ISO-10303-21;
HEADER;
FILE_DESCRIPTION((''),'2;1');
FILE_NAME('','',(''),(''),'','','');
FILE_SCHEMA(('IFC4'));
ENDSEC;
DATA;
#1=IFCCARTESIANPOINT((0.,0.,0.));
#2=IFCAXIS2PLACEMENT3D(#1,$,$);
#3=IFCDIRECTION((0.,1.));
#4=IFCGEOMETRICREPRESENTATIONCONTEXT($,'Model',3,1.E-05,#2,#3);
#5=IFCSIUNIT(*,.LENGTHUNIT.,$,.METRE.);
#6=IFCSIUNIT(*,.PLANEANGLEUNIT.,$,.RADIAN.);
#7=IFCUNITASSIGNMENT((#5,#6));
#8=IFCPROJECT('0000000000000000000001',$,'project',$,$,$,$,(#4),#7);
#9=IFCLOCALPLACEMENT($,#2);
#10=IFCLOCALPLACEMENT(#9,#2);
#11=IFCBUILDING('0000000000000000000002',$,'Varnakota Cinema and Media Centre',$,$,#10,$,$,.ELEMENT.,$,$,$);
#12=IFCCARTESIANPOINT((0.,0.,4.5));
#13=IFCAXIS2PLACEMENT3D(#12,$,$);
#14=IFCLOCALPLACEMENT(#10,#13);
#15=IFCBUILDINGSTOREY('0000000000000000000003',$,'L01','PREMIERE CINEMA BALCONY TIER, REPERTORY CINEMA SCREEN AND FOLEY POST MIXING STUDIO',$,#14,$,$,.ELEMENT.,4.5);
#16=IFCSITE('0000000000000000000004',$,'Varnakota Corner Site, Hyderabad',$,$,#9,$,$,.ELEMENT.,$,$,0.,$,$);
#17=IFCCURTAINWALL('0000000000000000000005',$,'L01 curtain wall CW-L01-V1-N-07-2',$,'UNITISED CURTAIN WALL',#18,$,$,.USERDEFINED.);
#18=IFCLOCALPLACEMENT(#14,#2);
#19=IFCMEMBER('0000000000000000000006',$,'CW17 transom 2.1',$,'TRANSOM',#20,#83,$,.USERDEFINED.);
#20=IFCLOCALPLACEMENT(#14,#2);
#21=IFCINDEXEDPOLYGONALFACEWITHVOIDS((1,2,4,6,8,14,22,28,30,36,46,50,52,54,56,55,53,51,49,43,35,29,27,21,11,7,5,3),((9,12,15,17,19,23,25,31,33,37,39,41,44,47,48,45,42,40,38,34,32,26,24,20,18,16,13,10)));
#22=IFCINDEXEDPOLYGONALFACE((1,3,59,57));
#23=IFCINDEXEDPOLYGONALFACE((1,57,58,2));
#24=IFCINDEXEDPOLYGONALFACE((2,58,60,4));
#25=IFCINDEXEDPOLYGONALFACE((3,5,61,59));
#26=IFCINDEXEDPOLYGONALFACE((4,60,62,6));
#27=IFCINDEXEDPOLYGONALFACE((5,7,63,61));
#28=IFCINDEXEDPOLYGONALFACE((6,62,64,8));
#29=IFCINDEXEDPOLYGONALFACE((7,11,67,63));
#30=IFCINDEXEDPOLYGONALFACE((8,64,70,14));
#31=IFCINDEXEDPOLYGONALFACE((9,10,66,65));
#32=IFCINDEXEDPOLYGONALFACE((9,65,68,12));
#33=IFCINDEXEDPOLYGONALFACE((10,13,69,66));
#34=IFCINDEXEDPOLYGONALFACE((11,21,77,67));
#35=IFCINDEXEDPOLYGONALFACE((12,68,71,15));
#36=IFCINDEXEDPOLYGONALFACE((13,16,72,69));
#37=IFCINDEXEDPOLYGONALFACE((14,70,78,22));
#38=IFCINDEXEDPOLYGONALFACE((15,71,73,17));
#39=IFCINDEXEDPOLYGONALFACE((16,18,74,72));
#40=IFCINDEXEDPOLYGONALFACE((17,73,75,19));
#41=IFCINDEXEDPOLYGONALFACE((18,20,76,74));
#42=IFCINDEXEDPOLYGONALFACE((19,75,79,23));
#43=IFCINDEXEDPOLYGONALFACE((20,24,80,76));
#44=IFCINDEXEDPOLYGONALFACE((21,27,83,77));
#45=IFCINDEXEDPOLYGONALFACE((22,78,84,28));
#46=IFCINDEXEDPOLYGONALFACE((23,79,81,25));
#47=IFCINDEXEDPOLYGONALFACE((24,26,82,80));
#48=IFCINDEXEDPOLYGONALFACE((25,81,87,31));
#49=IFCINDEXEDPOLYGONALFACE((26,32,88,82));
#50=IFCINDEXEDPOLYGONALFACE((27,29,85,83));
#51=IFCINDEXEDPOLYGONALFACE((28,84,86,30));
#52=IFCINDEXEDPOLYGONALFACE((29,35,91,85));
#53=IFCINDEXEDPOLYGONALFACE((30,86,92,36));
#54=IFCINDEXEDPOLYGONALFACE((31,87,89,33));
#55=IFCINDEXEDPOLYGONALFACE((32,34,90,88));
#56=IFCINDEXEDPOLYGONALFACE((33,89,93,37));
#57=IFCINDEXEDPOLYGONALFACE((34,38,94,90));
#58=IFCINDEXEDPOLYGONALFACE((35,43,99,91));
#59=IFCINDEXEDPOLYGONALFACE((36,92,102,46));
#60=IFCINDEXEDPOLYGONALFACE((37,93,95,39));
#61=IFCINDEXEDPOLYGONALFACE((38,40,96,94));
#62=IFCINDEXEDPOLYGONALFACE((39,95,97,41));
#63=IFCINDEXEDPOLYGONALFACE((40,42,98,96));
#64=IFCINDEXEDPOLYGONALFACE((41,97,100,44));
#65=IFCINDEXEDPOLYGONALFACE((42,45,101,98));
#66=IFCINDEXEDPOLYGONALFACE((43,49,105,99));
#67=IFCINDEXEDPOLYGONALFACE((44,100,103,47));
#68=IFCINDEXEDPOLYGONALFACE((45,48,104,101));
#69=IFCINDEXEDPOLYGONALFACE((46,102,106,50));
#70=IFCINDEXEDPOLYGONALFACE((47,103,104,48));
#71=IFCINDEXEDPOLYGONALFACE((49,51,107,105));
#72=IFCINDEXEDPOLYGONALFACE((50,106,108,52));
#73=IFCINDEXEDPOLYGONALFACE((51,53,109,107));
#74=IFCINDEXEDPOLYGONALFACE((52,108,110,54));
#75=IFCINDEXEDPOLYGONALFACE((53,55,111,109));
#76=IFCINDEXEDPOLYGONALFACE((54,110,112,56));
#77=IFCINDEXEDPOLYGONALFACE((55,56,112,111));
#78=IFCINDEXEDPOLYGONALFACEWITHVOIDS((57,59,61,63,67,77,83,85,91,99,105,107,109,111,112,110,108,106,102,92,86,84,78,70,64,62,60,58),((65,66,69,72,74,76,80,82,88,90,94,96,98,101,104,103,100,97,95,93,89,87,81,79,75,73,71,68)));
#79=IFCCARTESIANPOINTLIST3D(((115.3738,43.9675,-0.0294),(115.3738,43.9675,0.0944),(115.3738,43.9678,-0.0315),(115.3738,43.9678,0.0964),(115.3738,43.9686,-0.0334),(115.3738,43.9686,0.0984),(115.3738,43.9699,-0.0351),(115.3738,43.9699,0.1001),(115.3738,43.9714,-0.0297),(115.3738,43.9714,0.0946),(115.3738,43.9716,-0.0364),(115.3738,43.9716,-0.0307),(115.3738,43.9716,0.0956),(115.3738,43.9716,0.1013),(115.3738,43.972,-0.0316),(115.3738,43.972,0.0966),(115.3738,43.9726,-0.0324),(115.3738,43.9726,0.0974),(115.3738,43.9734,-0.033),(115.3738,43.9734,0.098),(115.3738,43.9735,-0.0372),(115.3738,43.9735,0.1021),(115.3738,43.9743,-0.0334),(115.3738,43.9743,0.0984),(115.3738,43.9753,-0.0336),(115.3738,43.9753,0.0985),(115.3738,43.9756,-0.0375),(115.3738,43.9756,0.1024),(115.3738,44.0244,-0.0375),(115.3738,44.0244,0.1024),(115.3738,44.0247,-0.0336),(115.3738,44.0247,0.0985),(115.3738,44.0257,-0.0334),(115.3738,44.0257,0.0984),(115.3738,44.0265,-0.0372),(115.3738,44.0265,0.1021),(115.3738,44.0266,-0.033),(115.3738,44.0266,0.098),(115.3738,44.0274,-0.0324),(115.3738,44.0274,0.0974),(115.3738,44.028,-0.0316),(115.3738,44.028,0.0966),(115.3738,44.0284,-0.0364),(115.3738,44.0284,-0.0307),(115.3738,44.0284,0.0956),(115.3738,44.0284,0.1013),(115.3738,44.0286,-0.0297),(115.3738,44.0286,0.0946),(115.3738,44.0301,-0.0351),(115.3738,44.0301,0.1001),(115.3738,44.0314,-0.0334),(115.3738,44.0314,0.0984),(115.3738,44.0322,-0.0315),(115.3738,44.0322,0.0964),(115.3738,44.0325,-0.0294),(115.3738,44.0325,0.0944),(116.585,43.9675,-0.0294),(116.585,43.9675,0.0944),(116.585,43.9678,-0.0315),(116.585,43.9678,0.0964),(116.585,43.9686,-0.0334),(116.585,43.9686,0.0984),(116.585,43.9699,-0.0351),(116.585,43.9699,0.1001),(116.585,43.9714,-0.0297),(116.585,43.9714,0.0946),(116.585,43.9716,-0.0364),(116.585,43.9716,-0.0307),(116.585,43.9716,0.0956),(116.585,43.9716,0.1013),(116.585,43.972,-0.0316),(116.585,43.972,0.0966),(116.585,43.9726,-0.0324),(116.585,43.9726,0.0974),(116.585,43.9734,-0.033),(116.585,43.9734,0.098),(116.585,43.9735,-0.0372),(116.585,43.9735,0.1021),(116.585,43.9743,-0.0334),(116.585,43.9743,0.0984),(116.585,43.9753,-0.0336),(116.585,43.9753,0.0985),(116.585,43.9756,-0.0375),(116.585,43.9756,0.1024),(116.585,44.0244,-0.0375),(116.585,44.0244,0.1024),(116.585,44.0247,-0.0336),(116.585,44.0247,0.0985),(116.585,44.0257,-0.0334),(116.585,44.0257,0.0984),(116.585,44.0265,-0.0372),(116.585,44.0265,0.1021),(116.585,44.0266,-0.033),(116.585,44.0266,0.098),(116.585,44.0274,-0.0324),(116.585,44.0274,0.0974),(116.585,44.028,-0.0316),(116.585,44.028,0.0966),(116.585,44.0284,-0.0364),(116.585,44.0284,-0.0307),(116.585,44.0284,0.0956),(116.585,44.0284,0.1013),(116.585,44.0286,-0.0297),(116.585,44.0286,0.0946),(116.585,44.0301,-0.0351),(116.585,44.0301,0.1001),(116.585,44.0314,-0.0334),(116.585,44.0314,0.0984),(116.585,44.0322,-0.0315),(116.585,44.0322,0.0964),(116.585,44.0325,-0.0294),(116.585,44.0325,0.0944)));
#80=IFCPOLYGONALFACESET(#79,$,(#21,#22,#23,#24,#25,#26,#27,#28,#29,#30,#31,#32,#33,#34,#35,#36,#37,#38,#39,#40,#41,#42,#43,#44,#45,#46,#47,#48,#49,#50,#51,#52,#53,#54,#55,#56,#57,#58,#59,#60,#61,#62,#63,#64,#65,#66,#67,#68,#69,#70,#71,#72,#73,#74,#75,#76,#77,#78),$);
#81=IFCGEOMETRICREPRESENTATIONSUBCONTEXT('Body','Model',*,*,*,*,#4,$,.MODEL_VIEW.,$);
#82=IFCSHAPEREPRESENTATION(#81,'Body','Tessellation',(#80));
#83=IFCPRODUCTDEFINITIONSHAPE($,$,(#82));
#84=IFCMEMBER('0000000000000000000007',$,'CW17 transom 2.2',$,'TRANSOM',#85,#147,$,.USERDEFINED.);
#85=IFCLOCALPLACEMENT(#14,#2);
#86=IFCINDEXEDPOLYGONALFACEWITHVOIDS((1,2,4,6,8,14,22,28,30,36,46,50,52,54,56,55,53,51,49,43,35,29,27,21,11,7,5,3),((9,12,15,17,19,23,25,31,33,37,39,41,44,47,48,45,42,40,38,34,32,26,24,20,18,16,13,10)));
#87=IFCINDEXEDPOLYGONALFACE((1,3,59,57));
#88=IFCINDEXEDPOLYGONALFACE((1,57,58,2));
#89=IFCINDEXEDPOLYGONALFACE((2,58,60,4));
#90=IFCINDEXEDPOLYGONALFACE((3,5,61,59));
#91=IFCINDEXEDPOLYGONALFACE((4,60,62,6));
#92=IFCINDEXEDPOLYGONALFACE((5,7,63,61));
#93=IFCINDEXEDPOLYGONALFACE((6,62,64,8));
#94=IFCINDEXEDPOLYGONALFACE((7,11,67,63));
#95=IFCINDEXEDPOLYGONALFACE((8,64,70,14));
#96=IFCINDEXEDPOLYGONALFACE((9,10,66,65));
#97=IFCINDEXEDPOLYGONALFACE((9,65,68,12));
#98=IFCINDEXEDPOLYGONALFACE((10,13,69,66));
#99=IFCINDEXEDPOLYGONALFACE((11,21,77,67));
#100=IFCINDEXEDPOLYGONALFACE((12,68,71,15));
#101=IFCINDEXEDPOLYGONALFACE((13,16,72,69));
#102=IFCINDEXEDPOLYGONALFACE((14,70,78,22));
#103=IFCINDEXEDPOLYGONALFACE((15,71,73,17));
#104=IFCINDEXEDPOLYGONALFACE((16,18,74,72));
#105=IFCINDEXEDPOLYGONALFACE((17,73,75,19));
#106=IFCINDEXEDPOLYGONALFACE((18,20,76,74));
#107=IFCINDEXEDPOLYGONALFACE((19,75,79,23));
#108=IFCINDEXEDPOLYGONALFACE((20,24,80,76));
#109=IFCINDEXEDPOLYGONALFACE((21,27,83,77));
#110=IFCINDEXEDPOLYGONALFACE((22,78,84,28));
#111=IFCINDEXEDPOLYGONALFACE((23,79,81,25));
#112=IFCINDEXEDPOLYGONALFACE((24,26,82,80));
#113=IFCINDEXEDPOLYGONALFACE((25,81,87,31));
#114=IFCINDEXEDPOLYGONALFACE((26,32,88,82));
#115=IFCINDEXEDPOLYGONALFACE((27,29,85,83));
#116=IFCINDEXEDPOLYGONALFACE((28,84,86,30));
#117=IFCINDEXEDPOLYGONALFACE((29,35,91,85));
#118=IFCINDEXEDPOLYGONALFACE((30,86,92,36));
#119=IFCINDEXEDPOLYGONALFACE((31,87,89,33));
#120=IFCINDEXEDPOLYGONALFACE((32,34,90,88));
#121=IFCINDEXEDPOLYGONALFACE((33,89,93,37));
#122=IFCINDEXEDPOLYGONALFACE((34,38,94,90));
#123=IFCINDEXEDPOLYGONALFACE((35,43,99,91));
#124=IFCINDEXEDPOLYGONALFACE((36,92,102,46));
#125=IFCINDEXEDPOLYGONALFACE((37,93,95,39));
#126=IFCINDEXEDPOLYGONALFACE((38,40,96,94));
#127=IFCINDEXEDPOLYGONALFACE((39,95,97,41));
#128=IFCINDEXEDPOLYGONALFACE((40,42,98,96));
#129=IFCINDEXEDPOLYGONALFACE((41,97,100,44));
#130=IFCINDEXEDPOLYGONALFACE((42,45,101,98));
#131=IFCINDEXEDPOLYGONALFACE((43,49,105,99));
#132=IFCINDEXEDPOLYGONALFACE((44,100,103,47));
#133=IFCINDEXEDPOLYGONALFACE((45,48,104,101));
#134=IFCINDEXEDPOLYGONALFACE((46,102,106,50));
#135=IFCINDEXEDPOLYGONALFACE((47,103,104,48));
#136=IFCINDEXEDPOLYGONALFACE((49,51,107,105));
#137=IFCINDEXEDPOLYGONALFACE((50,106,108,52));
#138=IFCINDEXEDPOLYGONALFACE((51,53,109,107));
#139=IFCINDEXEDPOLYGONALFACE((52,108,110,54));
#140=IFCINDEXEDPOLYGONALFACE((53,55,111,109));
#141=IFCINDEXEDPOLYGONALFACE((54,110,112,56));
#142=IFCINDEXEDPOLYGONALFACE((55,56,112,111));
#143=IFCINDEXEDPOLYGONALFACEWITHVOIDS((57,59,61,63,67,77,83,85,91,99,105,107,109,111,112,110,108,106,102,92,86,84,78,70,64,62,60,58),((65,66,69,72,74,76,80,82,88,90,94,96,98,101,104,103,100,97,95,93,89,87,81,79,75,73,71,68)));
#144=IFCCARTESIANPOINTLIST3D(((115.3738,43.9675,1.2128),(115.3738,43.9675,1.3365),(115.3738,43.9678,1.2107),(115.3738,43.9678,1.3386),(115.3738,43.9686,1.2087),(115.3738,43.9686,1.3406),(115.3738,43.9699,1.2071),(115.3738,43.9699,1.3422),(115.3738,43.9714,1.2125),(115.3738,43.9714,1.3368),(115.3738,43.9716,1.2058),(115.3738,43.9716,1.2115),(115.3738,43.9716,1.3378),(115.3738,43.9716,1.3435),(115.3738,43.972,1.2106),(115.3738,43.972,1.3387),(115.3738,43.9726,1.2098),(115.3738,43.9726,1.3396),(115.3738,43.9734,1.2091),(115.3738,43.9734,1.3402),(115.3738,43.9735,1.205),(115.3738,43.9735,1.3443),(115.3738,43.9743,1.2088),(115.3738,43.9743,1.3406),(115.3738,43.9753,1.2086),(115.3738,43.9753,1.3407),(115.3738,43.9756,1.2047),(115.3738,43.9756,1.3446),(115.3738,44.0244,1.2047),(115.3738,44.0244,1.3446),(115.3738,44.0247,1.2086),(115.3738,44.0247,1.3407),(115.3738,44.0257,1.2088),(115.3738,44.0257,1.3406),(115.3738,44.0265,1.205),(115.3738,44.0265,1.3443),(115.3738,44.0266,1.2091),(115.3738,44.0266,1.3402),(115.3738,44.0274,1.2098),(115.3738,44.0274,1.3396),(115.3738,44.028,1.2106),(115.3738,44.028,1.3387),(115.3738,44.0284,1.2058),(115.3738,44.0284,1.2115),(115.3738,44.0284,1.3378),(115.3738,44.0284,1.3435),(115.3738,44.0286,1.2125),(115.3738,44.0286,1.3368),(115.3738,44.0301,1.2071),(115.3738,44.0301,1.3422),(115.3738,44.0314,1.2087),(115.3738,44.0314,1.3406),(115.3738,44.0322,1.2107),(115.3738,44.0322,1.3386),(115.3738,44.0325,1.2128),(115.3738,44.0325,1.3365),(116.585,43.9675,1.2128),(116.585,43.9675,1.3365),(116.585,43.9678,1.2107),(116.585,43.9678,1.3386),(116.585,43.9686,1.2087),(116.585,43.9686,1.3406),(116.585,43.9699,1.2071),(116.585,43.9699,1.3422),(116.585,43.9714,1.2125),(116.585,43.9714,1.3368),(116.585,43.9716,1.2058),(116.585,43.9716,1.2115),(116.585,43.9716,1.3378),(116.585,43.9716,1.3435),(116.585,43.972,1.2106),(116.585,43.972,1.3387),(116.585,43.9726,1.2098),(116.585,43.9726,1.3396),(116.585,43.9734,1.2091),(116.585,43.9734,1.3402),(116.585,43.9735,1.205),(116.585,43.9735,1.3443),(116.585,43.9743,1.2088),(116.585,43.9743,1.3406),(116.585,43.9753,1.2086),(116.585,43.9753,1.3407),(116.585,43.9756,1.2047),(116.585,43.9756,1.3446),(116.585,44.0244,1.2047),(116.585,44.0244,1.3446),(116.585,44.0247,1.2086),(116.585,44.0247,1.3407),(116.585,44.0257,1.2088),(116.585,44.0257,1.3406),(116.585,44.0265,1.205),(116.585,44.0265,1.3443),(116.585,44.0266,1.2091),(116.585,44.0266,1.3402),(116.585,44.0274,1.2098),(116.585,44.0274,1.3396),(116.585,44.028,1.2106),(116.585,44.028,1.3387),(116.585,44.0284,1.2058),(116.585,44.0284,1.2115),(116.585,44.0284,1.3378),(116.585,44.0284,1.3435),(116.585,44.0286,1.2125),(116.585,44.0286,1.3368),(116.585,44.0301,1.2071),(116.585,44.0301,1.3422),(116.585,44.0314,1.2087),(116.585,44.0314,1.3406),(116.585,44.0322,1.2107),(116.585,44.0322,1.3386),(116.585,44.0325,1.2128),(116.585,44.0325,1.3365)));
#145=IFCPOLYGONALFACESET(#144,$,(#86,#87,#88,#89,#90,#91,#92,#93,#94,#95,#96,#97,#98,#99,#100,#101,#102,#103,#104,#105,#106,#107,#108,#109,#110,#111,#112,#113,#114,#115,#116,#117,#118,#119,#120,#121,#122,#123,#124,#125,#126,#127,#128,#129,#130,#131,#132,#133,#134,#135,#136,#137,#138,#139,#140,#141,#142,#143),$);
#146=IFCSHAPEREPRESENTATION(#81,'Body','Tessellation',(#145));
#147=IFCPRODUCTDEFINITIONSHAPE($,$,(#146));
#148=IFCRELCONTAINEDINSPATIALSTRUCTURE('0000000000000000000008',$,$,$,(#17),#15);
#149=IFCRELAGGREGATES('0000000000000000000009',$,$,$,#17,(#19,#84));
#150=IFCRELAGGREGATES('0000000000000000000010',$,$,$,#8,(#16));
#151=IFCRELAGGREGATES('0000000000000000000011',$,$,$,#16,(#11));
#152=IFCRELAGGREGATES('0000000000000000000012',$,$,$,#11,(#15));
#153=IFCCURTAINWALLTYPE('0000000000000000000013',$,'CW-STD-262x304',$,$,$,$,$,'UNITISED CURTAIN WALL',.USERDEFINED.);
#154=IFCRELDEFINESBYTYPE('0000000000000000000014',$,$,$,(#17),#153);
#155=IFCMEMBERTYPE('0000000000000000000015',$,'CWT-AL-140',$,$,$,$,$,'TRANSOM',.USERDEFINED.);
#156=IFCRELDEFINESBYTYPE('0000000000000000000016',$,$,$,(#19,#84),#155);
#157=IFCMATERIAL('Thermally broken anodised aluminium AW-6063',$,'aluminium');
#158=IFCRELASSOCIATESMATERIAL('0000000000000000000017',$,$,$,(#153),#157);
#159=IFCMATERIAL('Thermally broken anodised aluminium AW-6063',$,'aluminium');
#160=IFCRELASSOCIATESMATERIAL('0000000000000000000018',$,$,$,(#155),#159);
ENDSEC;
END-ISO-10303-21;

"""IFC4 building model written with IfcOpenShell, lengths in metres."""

from ifc_helpers import new_model, si_unit, direction, frame, origin, origin_2d, place, context, subcontext, project, spatial, hollow_rectangle, extrude, material, material_profile, profile_set, type_object, element, aggregate, save


model = new_model("IFC4")

# Units and contexts
model_context = context("Model", 3, precision=1e-05, world=origin(), true_north=direction((0.0, 1.0)))
body_context = subcontext(model_context, "Body", "Model", "MODEL_VIEW")
ifc_project = project(units=[si_unit("LENGTHUNIT", "METRE"), si_unit("PLANEANGLEUNIT", "RADIAN")], contexts=[model_context])

# Site, building, storey
site_placement = place(None, origin())
site = spatial("IfcSite", under=ifc_project, at=site_placement, Name="Varnakota Corner Site, Hyderabad", CompositionType="ELEMENT", RefElevation=0.0)
building_placement = place(site_placement, origin())
building = spatial("IfcBuilding", under=site, at=building_placement, Name="Varnakota Cinema and Media Centre", CompositionType="ELEMENT")
storey_placement = place(building_placement, frame((0.0, 0.0, 4.5)))
storey = spatial("IfcBuildingStorey", under=building, at=storey_placement, Name="L01", Description="PREMIERE CINEMA BALCONY TIER, REPERTORY CINEMA SCREEN AND FOLEY POST MIXING STUDIO", CompositionType="ELEMENT", Elevation=4.5)

# Shared definitions
ifc_material_1 = material(Name="Thermally broken anodised aluminium AW-6063", Category="aluminium")
curtain_wall_type = type_object("IfcCurtainWallType", Name="CW-STD-262x304", ElementType="UNITISED CURTAIN WALL", PredefinedType="USERDEFINED", material=ifc_material_1)

# Curtain wall
curtain_wall_1_placement = place(storey_placement, origin())
curtain_wall_1 = element("IfcCurtainWall", 1, at=curtain_wall_1_placement, inside=storey, type_object=curtain_wall_type, Name="L01 curtain wall CW-L01-V1-N-07-2", ObjectType="UNITISED CURTAIN WALL", PredefinedType="USERDEFINED")

# Members
ifc_material_2 = material(Name="Thermally broken anodised aluminium AW-6063", Category="aluminium")
ifc_material_profile_1 = material_profile(ifc_material_2, hollow_rectangle(XDim=0.0649, YDim=0.1399, WallThickness=0.0039, InnerFilletRadius=0.0039, OuterFilletRadius=0.0081, at=origin_2d()), Name="AL-TRANSOM 140x65x4")
ifc_profile_set_1 = profile_set([ifc_material_profile_1], Name="Thermally broken anodised aluminium AW-6063")
member_type_1 = type_object("IfcMemberType", Name="CWT-AL-140", ElementType="TRANSOM", PredefinedType="USERDEFINED", material=ifc_profile_set_1)
member_1_placement = place(storey_placement, frame((115.3738, 44.0, 0.0325), z_axis=(1.0, 0.0, 0.0), x_axis=(0.0, 1.0, 0.0)))
member_1 = element("IfcMember", 2, at=member_1_placement, type_object=member_type_1, Name="CW17 transom 2.1", ObjectType="TRANSOM", PredefinedType="USERDEFINED", context=body_context, shape_type="SweptSolid", body=[
    extrude(hollow_rectangle(XDim=0.0649, YDim=0.1399, WallThickness=0.0039, InnerFilletRadius=0.0039, OuterFilletRadius=0.0081, at=origin_2d()), origin(), (0.0, 0.0, 1.0), 1.2112),
])
member_2_placement = place(storey_placement, frame((115.3738, 44.0, 1.2747), z_axis=(1.0, 0.0, 0.0), x_axis=(0.0, 1.0, 0.0)))
member_2 = element("IfcMember", 3, at=member_2_placement, type_object=member_type_1, Name="CW17 transom 2.2", ObjectType="TRANSOM", PredefinedType="USERDEFINED", context=body_context, shape_type="SweptSolid", body=[
    extrude(hollow_rectangle(XDim=0.0649, YDim=0.1399, WallThickness=0.0039, InnerFilletRadius=0.0039, OuterFilletRadius=0.0081, at=origin_2d()), origin(), (0.0, 0.0, 1.0), 1.2112),
])

aggregate(curtain_wall_1, [member_1, member_2])

save(model, "model.ifc")
